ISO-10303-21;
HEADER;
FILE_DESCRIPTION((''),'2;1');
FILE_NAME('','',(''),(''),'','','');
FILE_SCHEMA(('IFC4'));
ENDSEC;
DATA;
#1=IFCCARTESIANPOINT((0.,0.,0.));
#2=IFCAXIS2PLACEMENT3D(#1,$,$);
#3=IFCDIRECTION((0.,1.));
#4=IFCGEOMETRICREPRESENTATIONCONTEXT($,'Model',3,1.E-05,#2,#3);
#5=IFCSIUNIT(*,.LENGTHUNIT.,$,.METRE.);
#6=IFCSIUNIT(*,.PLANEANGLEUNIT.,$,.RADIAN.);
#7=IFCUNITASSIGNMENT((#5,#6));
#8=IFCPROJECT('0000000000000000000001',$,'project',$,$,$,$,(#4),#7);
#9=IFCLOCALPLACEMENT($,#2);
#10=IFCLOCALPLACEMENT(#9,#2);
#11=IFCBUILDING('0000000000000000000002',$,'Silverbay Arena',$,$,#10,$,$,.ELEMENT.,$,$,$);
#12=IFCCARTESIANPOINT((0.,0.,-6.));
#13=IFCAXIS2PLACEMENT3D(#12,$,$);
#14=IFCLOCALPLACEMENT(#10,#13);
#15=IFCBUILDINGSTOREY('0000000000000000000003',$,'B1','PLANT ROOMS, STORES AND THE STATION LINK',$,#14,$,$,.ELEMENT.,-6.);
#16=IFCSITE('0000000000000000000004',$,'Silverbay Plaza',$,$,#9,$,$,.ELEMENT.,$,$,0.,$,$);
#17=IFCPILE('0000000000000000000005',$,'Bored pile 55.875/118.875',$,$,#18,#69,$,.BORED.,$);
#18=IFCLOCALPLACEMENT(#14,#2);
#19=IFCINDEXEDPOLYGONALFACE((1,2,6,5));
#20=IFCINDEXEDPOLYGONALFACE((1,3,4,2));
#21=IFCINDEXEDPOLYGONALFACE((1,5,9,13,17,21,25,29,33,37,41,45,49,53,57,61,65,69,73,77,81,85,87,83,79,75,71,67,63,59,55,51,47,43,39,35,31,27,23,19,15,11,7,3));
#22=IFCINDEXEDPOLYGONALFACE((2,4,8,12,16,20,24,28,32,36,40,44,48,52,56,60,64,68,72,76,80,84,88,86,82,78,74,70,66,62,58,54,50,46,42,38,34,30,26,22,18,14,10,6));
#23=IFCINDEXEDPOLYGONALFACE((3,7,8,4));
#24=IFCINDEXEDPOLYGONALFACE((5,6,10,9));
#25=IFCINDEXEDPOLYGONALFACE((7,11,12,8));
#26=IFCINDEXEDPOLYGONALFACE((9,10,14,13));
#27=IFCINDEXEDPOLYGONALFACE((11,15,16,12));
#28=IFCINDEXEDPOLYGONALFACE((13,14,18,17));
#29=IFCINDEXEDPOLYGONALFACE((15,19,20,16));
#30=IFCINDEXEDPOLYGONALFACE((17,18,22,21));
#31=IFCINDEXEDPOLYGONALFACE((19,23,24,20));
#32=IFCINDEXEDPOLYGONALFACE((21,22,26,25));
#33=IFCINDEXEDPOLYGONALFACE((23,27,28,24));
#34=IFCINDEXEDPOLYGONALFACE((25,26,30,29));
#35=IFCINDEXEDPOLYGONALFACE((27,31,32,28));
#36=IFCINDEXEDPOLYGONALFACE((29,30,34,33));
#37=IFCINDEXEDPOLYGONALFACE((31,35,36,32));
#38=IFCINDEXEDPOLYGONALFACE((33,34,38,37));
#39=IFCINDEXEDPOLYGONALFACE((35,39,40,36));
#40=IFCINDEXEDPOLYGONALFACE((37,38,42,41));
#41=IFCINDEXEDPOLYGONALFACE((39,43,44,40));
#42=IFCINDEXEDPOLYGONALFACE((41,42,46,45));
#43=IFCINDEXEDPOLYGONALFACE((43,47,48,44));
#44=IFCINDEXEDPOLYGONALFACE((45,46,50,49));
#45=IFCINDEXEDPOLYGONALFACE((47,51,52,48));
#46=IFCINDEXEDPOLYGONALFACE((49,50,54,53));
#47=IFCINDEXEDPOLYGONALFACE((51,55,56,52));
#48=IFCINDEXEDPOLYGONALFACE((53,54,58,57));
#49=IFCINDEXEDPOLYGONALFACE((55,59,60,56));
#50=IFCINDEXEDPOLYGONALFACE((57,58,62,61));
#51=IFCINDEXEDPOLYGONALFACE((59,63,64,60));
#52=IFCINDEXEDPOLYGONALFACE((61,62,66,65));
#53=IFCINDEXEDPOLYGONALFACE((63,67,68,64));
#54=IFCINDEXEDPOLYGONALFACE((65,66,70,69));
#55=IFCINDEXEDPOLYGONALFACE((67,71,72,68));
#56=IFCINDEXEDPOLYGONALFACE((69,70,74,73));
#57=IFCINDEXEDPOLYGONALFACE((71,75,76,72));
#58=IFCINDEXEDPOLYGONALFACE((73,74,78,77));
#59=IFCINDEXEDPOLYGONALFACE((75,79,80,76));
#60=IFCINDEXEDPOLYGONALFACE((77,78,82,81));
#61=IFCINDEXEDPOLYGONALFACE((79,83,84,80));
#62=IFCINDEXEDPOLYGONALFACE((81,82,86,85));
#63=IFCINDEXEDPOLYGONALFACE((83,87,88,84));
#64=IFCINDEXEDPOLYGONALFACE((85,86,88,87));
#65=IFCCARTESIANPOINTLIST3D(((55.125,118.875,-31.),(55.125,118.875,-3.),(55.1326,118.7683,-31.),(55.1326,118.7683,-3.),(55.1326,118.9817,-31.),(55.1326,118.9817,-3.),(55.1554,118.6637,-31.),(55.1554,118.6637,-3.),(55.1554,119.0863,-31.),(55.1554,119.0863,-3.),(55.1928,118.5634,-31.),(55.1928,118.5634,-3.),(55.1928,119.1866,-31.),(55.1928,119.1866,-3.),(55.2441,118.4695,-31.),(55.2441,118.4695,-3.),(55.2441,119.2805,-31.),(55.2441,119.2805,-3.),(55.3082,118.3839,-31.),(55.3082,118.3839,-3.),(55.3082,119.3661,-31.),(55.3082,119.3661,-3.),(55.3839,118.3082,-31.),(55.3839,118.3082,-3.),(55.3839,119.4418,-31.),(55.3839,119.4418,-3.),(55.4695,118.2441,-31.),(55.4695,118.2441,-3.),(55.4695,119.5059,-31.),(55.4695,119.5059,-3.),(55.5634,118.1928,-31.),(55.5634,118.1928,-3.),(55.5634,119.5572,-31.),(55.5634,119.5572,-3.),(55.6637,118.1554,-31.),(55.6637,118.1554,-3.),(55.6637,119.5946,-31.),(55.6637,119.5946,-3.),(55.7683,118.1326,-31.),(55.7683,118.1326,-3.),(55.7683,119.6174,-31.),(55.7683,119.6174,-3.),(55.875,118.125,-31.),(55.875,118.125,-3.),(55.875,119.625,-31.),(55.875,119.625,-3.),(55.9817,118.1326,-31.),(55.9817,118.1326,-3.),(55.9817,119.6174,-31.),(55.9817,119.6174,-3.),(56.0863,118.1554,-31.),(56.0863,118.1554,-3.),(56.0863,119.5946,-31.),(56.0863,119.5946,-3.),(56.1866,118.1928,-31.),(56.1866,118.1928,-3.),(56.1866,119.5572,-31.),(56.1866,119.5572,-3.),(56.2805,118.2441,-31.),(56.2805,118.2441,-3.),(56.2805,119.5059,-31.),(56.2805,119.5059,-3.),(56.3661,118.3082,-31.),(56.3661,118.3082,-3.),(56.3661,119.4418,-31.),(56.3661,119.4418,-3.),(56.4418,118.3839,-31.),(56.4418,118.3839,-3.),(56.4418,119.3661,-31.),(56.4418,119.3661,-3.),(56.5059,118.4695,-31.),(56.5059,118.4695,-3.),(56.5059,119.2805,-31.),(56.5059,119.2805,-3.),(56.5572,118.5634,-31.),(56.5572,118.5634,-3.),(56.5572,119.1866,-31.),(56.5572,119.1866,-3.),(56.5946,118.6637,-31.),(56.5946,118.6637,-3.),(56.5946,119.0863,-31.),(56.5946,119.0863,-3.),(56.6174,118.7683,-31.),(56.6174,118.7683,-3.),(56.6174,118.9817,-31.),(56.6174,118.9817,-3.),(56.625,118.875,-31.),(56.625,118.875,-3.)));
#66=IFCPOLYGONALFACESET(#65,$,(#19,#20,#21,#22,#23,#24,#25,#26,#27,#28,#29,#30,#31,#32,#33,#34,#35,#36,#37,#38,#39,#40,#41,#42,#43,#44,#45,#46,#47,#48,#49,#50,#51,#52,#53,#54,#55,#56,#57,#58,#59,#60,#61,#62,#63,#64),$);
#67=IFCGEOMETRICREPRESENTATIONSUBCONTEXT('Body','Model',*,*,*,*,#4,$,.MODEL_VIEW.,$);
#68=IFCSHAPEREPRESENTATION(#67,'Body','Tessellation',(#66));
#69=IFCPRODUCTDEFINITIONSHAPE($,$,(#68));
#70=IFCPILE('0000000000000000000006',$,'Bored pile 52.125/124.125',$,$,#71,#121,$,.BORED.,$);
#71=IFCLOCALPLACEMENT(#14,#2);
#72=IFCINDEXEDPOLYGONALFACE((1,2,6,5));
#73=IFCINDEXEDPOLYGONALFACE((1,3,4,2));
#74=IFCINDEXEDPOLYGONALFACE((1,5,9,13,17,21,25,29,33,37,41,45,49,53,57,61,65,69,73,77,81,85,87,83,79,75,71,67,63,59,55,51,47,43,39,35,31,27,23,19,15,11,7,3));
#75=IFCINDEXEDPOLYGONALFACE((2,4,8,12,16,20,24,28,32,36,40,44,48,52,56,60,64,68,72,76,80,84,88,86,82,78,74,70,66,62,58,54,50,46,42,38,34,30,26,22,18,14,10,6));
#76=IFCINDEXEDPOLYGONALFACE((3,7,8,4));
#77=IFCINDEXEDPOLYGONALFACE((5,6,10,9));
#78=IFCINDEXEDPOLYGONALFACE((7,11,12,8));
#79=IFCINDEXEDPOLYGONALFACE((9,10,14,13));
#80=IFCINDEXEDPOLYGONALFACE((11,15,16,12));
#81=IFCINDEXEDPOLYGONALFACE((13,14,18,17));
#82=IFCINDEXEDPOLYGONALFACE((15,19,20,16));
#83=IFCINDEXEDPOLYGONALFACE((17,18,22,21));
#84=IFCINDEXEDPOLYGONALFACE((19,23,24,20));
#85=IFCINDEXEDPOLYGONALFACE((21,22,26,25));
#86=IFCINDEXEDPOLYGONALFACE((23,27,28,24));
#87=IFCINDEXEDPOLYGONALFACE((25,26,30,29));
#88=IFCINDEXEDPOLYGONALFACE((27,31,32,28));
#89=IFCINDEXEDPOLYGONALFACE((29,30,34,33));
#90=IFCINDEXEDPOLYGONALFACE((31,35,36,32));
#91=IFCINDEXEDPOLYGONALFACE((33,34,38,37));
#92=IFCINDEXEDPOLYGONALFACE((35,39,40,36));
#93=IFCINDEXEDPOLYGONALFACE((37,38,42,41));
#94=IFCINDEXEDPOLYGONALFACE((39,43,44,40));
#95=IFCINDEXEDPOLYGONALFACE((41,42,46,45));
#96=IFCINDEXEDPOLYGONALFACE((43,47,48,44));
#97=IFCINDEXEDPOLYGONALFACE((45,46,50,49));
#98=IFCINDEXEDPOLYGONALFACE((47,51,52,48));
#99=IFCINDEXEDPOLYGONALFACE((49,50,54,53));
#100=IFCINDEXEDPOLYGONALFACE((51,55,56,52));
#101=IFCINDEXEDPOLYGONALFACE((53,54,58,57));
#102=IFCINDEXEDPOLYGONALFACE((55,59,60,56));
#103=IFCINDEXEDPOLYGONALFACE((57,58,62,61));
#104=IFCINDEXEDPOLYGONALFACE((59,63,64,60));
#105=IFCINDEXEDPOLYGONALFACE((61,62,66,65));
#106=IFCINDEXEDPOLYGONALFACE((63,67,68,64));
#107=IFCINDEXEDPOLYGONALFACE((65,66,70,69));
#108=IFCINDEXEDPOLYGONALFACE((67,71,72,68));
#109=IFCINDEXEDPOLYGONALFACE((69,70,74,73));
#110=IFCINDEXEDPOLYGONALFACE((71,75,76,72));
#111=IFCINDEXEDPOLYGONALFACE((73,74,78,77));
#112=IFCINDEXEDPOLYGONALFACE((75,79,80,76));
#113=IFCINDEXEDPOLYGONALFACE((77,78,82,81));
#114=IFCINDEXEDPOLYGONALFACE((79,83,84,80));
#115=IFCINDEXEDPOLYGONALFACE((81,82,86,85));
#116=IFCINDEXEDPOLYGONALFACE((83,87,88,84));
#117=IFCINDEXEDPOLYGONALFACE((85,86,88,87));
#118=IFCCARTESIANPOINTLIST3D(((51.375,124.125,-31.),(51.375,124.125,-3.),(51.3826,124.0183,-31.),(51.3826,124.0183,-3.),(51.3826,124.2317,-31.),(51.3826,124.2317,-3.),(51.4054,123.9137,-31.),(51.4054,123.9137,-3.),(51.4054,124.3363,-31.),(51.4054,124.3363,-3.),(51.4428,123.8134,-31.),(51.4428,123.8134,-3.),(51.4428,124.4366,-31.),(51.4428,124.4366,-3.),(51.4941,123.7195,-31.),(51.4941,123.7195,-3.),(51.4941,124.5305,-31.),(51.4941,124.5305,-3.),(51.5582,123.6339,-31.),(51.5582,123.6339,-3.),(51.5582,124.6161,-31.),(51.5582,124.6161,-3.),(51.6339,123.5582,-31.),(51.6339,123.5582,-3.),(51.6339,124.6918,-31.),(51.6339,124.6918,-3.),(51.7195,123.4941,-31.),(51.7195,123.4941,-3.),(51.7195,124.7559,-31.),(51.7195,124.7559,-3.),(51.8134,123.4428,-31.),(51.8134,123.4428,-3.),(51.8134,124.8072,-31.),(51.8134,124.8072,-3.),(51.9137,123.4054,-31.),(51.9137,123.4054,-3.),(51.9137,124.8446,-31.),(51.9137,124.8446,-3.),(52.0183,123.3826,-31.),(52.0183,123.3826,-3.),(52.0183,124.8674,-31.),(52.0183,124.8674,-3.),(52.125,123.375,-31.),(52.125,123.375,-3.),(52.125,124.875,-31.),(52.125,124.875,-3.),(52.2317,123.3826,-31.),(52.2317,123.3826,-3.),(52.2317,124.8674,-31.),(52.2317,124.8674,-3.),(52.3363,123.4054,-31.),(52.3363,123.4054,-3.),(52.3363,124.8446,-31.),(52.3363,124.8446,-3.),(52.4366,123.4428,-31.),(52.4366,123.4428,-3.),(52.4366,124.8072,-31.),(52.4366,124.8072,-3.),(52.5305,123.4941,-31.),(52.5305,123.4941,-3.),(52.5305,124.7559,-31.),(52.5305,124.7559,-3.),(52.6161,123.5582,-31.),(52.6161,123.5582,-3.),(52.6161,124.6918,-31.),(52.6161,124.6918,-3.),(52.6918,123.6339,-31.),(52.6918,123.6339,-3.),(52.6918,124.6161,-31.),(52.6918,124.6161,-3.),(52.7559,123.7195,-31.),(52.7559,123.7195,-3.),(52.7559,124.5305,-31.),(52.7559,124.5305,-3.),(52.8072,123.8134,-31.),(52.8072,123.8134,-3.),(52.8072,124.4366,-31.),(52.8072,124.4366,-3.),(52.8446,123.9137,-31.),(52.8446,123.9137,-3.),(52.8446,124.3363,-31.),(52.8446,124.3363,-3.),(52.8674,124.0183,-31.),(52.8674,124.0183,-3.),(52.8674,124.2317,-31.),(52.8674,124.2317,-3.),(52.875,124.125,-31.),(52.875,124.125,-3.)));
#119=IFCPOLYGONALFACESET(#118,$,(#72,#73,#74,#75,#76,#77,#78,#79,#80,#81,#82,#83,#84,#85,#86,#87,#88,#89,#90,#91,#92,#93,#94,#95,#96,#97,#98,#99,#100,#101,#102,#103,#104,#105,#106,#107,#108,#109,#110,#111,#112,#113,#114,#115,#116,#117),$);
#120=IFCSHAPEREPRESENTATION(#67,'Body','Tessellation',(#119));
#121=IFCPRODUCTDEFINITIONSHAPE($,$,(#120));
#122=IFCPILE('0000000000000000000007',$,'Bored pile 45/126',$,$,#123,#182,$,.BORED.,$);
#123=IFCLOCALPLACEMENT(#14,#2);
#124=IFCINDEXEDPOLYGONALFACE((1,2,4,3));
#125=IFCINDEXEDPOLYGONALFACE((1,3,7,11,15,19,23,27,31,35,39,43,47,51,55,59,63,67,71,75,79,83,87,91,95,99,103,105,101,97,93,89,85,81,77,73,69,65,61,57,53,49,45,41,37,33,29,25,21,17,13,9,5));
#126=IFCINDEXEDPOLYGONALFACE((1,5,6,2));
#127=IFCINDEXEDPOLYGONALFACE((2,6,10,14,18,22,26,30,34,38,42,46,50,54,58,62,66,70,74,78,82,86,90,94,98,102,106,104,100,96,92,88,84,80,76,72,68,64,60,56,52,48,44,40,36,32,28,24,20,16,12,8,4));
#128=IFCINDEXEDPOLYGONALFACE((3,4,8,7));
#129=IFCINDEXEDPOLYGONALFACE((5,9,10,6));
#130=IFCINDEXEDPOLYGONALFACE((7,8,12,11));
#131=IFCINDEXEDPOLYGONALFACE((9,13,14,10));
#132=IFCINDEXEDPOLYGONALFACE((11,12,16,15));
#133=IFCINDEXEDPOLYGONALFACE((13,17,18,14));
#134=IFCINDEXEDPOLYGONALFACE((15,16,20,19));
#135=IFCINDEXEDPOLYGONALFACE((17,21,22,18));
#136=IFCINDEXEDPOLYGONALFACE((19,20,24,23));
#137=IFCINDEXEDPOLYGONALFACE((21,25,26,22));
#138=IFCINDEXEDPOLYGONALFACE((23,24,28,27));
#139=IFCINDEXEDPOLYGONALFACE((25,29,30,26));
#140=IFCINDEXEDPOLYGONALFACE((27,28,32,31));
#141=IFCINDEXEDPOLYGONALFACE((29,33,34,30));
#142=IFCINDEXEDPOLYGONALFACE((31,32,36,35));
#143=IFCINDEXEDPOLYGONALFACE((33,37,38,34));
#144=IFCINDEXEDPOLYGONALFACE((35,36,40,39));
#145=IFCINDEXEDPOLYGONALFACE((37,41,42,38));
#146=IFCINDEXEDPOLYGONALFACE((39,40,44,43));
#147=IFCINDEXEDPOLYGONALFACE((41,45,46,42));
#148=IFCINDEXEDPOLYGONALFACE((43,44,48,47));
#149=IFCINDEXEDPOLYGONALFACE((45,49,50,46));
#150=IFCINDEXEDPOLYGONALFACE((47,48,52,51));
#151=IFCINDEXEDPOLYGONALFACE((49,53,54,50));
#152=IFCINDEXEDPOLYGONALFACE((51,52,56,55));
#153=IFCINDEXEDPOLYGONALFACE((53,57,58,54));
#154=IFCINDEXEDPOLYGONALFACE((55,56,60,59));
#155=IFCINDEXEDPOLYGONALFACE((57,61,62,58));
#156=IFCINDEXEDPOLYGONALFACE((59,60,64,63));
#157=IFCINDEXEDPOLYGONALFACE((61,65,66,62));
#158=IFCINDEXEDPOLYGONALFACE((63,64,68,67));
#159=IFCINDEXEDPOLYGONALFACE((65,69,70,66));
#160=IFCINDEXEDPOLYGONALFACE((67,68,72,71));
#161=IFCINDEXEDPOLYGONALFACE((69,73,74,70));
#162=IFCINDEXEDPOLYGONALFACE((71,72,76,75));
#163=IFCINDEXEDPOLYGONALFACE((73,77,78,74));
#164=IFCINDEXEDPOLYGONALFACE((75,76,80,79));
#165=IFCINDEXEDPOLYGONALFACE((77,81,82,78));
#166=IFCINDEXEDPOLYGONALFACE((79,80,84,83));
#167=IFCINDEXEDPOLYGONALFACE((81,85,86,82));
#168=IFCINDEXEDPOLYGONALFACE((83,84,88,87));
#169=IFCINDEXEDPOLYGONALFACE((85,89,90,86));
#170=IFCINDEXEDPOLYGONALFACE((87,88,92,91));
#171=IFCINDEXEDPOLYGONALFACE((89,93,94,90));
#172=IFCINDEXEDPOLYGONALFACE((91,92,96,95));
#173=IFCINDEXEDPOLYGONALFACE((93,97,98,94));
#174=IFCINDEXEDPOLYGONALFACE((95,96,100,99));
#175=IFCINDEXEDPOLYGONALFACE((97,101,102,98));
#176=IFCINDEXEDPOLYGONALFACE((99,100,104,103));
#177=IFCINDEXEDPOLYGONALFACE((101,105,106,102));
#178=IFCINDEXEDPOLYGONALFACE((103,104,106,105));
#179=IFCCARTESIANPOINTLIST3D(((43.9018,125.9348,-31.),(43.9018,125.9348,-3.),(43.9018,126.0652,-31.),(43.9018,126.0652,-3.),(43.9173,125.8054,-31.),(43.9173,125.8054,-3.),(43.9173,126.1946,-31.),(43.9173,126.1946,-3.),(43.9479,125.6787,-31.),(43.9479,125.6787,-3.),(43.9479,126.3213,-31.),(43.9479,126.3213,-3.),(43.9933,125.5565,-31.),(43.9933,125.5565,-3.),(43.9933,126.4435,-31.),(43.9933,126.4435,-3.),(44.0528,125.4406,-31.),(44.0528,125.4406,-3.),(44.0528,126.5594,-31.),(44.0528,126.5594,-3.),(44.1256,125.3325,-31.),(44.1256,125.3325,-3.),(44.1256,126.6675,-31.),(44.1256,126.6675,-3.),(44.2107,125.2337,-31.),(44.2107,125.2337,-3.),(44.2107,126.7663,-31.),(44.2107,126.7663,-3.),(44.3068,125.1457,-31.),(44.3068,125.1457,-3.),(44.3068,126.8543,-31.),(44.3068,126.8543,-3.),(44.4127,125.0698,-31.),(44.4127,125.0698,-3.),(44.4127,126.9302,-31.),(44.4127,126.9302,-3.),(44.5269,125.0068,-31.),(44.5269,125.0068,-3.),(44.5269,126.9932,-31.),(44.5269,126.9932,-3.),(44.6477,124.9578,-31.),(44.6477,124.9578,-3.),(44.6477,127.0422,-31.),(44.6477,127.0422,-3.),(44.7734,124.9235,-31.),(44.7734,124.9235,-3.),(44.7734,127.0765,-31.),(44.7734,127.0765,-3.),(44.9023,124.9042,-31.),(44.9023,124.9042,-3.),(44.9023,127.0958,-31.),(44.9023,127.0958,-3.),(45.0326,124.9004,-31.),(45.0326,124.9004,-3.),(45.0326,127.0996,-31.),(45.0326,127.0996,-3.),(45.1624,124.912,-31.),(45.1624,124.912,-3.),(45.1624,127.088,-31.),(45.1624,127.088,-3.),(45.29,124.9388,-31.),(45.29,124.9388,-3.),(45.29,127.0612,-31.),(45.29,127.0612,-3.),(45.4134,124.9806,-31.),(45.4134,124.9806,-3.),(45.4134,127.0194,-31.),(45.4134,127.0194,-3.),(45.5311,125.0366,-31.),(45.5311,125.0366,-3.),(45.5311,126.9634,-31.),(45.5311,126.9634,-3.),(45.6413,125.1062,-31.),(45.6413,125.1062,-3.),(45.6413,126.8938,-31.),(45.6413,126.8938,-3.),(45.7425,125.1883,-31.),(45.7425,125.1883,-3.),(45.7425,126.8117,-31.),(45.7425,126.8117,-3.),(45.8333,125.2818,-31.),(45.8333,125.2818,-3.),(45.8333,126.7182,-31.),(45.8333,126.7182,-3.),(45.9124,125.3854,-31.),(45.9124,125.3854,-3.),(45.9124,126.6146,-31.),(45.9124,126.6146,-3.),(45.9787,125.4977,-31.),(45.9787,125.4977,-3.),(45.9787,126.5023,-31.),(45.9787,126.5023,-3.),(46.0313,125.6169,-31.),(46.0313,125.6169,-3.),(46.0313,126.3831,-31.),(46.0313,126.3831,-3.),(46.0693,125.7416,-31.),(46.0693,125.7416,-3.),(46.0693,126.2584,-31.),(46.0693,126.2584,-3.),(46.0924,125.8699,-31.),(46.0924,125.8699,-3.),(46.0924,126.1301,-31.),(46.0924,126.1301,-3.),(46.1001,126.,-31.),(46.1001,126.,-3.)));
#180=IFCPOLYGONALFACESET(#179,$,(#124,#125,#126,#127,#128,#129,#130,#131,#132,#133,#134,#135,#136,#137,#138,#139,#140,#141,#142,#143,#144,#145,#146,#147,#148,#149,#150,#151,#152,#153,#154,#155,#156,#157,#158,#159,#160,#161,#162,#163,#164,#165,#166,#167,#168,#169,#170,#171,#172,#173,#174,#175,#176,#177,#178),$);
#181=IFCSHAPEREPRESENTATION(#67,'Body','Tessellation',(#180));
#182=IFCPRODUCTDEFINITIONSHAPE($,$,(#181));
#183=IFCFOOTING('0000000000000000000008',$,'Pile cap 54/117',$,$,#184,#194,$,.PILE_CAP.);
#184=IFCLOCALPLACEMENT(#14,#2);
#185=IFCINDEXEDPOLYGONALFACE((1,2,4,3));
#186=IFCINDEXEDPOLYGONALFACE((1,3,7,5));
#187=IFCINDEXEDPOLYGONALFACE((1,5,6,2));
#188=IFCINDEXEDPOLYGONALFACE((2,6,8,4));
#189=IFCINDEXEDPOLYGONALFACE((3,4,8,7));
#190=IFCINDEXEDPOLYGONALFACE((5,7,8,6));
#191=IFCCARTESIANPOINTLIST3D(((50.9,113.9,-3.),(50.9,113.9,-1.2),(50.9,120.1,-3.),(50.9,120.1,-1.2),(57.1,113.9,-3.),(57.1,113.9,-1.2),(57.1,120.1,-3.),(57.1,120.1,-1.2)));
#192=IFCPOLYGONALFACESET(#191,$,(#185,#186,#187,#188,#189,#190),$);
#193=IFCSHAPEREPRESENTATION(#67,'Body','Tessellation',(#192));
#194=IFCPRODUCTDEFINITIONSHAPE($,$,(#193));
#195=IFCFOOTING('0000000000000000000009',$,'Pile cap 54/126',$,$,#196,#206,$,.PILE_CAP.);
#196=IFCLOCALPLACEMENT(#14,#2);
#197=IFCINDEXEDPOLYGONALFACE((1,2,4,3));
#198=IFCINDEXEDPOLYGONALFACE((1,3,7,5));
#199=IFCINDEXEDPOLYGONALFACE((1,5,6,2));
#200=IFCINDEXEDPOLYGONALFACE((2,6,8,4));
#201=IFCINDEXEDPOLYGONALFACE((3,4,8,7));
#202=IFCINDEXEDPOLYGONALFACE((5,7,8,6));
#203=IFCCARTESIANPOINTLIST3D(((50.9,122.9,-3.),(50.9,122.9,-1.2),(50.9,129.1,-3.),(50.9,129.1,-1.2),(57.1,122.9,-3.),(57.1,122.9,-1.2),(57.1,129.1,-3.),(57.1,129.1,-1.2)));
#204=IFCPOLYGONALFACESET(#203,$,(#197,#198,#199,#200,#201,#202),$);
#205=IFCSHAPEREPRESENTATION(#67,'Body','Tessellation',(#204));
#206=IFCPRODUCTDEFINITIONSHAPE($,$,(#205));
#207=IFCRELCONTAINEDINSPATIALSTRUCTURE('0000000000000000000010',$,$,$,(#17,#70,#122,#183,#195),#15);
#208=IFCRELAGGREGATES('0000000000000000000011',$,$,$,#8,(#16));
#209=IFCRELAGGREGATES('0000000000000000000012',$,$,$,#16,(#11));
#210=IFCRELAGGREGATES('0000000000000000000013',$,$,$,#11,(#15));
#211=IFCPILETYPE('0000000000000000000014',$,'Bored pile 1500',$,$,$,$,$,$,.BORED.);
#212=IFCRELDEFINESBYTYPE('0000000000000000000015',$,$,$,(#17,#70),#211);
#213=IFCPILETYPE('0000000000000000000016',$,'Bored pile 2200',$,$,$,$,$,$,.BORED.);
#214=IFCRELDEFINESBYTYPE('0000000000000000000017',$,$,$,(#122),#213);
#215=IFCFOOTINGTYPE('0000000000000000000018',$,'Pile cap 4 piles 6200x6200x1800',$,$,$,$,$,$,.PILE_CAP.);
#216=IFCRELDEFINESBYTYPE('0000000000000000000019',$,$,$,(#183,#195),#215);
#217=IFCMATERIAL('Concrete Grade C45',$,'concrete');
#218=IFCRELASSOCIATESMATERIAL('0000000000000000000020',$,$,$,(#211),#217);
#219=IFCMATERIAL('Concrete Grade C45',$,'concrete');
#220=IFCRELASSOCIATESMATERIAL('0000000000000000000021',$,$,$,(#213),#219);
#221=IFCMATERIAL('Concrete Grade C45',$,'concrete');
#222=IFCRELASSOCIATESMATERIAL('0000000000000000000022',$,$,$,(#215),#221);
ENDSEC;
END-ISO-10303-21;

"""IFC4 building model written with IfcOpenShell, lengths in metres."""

from ifc_helpers import new_model, si_unit, direction, frame, origin, origin_2d, place, context, subcontext, project, spatial, rectangle, circle, extrude, material, material_profile, profile_set, type_object, element, save


model = new_model("IFC4")

# Units and contexts
model_context = context("Model", 3, precision=1e-05, world=origin(), true_north=direction((0.0, 1.0)))
body_context = subcontext(model_context, "Body", "Model", "MODEL_VIEW")
ifc_project = project(units=[si_unit("LENGTHUNIT", "METRE"), si_unit("PLANEANGLEUNIT", "RADIAN")], contexts=[model_context])

# Site, building, storey
site_placement = place(None, origin())
site = spatial("IfcSite", under=ifc_project, at=site_placement, Name="Silverbay Plaza", CompositionType="ELEMENT", RefElevation=0.0)
building_placement = place(site_placement, origin())
building = spatial("IfcBuilding", under=site, at=building_placement, Name="Silverbay Arena", CompositionType="ELEMENT")
storey_placement = place(building_placement, frame((0.0, 0.0, -6.0)))
storey = spatial("IfcBuildingStorey", under=building, at=storey_placement, Name="B1", Description="PLANT ROOMS, STORES AND THE STATION LINK", CompositionType="ELEMENT", Elevation=-6.0)

# Piles
ifc_material_1 = material(Name="Concrete Grade C45", Category="concrete")
ifc_material_profile_1 = material_profile(ifc_material_1, circle(Radius=0.75, at=origin_2d()), Name="Bored pile 1500")
ifc_profile_set_1 = profile_set([ifc_material_profile_1], Name="Concrete Grade C45")
pile_type_1 = type_object("IfcPileType", Name="Bored pile 1500", PredefinedType="BORED", material=ifc_profile_set_1)
for number, where, z_axis, x_axis, name in (
    (1, (55.875, 118.875, -3.0), (0.0, 0.0, -1.0), (1.0, 0.0, 0.0), "Bored pile 55.875/118.875"),
    (2, (52.125, 124.125, -3.0), (0.0, 0.0, -1.0), (1.0, 0.0, 0.0), "Bored pile 52.125/124.125"),
):
    element("IfcPile", number, at=place(storey_placement, frame(where, z_axis=z_axis, x_axis=x_axis)), inside=storey, type_object=pile_type_1, Name=name, PredefinedType="BORED", context=body_context, shape_type="SweptSolid", body=[
        extrude(circle(Radius=0.75, at=origin_2d()), origin(), (0.0, 0.0, 1.0), 28.0),
    ])
ifc_material_2 = material(Name="Concrete Grade C45", Category="concrete")
ifc_material_profile_2 = material_profile(ifc_material_2, circle(Radius=1.1001, at=origin_2d()), Name="Bored pile 2200")
ifc_profile_set_2 = profile_set([ifc_material_profile_2], Name="Concrete Grade C45")
pile_type_2 = type_object("IfcPileType", Name="Bored pile 2200", PredefinedType="BORED", material=ifc_profile_set_2)
pile_placement = place(storey_placement, frame((45.0, 126.0, -3.0), z_axis=(0.0, 0.0, -1.0), x_axis=(1.0, 0.0, 0.0)))
element("IfcPile", 3, at=pile_placement, inside=storey, type_object=pile_type_2, Name="Bored pile 45/126", PredefinedType="BORED", context=body_context, shape_type="SweptSolid", body=[
    extrude(circle(Radius=1.1001, at=origin_2d()), origin(), (0.0, 0.0, 1.0), 28.0),
])

# Footings
ifc_material_3 = material(Name="Concrete Grade C45", Category="concrete")
footing_type = type_object("IfcFootingType", Name="Pile cap 4 piles 6200x6200x1800", PredefinedType="PILE_CAP", material=ifc_material_3)
for number, where, z_axis, x_axis, name in (
    (4, (54.0, 117.0, -3.0), (0.0, 0.0, 1.0), (1.0, 0.0, 0.0), "Pile cap 54/117"),
    (5, (54.0, 126.0, -3.0), (0.0, 0.0, 1.0), (1.0, 0.0, 0.0), "Pile cap 54/126"),
):
    element("IfcFooting", number, at=place(storey_placement, frame(where, z_axis=z_axis, x_axis=x_axis)), inside=storey, type_object=footing_type, Name=name, PredefinedType="PILE_CAP", context=body_context, shape_type="SweptSolid", body=[
        extrude(rectangle(XDim=6.2, YDim=6.2, at=origin_2d()), origin(), (0.0, 0.0, 1.0), 1.8),
    ])

save(model, "model.ifc")
